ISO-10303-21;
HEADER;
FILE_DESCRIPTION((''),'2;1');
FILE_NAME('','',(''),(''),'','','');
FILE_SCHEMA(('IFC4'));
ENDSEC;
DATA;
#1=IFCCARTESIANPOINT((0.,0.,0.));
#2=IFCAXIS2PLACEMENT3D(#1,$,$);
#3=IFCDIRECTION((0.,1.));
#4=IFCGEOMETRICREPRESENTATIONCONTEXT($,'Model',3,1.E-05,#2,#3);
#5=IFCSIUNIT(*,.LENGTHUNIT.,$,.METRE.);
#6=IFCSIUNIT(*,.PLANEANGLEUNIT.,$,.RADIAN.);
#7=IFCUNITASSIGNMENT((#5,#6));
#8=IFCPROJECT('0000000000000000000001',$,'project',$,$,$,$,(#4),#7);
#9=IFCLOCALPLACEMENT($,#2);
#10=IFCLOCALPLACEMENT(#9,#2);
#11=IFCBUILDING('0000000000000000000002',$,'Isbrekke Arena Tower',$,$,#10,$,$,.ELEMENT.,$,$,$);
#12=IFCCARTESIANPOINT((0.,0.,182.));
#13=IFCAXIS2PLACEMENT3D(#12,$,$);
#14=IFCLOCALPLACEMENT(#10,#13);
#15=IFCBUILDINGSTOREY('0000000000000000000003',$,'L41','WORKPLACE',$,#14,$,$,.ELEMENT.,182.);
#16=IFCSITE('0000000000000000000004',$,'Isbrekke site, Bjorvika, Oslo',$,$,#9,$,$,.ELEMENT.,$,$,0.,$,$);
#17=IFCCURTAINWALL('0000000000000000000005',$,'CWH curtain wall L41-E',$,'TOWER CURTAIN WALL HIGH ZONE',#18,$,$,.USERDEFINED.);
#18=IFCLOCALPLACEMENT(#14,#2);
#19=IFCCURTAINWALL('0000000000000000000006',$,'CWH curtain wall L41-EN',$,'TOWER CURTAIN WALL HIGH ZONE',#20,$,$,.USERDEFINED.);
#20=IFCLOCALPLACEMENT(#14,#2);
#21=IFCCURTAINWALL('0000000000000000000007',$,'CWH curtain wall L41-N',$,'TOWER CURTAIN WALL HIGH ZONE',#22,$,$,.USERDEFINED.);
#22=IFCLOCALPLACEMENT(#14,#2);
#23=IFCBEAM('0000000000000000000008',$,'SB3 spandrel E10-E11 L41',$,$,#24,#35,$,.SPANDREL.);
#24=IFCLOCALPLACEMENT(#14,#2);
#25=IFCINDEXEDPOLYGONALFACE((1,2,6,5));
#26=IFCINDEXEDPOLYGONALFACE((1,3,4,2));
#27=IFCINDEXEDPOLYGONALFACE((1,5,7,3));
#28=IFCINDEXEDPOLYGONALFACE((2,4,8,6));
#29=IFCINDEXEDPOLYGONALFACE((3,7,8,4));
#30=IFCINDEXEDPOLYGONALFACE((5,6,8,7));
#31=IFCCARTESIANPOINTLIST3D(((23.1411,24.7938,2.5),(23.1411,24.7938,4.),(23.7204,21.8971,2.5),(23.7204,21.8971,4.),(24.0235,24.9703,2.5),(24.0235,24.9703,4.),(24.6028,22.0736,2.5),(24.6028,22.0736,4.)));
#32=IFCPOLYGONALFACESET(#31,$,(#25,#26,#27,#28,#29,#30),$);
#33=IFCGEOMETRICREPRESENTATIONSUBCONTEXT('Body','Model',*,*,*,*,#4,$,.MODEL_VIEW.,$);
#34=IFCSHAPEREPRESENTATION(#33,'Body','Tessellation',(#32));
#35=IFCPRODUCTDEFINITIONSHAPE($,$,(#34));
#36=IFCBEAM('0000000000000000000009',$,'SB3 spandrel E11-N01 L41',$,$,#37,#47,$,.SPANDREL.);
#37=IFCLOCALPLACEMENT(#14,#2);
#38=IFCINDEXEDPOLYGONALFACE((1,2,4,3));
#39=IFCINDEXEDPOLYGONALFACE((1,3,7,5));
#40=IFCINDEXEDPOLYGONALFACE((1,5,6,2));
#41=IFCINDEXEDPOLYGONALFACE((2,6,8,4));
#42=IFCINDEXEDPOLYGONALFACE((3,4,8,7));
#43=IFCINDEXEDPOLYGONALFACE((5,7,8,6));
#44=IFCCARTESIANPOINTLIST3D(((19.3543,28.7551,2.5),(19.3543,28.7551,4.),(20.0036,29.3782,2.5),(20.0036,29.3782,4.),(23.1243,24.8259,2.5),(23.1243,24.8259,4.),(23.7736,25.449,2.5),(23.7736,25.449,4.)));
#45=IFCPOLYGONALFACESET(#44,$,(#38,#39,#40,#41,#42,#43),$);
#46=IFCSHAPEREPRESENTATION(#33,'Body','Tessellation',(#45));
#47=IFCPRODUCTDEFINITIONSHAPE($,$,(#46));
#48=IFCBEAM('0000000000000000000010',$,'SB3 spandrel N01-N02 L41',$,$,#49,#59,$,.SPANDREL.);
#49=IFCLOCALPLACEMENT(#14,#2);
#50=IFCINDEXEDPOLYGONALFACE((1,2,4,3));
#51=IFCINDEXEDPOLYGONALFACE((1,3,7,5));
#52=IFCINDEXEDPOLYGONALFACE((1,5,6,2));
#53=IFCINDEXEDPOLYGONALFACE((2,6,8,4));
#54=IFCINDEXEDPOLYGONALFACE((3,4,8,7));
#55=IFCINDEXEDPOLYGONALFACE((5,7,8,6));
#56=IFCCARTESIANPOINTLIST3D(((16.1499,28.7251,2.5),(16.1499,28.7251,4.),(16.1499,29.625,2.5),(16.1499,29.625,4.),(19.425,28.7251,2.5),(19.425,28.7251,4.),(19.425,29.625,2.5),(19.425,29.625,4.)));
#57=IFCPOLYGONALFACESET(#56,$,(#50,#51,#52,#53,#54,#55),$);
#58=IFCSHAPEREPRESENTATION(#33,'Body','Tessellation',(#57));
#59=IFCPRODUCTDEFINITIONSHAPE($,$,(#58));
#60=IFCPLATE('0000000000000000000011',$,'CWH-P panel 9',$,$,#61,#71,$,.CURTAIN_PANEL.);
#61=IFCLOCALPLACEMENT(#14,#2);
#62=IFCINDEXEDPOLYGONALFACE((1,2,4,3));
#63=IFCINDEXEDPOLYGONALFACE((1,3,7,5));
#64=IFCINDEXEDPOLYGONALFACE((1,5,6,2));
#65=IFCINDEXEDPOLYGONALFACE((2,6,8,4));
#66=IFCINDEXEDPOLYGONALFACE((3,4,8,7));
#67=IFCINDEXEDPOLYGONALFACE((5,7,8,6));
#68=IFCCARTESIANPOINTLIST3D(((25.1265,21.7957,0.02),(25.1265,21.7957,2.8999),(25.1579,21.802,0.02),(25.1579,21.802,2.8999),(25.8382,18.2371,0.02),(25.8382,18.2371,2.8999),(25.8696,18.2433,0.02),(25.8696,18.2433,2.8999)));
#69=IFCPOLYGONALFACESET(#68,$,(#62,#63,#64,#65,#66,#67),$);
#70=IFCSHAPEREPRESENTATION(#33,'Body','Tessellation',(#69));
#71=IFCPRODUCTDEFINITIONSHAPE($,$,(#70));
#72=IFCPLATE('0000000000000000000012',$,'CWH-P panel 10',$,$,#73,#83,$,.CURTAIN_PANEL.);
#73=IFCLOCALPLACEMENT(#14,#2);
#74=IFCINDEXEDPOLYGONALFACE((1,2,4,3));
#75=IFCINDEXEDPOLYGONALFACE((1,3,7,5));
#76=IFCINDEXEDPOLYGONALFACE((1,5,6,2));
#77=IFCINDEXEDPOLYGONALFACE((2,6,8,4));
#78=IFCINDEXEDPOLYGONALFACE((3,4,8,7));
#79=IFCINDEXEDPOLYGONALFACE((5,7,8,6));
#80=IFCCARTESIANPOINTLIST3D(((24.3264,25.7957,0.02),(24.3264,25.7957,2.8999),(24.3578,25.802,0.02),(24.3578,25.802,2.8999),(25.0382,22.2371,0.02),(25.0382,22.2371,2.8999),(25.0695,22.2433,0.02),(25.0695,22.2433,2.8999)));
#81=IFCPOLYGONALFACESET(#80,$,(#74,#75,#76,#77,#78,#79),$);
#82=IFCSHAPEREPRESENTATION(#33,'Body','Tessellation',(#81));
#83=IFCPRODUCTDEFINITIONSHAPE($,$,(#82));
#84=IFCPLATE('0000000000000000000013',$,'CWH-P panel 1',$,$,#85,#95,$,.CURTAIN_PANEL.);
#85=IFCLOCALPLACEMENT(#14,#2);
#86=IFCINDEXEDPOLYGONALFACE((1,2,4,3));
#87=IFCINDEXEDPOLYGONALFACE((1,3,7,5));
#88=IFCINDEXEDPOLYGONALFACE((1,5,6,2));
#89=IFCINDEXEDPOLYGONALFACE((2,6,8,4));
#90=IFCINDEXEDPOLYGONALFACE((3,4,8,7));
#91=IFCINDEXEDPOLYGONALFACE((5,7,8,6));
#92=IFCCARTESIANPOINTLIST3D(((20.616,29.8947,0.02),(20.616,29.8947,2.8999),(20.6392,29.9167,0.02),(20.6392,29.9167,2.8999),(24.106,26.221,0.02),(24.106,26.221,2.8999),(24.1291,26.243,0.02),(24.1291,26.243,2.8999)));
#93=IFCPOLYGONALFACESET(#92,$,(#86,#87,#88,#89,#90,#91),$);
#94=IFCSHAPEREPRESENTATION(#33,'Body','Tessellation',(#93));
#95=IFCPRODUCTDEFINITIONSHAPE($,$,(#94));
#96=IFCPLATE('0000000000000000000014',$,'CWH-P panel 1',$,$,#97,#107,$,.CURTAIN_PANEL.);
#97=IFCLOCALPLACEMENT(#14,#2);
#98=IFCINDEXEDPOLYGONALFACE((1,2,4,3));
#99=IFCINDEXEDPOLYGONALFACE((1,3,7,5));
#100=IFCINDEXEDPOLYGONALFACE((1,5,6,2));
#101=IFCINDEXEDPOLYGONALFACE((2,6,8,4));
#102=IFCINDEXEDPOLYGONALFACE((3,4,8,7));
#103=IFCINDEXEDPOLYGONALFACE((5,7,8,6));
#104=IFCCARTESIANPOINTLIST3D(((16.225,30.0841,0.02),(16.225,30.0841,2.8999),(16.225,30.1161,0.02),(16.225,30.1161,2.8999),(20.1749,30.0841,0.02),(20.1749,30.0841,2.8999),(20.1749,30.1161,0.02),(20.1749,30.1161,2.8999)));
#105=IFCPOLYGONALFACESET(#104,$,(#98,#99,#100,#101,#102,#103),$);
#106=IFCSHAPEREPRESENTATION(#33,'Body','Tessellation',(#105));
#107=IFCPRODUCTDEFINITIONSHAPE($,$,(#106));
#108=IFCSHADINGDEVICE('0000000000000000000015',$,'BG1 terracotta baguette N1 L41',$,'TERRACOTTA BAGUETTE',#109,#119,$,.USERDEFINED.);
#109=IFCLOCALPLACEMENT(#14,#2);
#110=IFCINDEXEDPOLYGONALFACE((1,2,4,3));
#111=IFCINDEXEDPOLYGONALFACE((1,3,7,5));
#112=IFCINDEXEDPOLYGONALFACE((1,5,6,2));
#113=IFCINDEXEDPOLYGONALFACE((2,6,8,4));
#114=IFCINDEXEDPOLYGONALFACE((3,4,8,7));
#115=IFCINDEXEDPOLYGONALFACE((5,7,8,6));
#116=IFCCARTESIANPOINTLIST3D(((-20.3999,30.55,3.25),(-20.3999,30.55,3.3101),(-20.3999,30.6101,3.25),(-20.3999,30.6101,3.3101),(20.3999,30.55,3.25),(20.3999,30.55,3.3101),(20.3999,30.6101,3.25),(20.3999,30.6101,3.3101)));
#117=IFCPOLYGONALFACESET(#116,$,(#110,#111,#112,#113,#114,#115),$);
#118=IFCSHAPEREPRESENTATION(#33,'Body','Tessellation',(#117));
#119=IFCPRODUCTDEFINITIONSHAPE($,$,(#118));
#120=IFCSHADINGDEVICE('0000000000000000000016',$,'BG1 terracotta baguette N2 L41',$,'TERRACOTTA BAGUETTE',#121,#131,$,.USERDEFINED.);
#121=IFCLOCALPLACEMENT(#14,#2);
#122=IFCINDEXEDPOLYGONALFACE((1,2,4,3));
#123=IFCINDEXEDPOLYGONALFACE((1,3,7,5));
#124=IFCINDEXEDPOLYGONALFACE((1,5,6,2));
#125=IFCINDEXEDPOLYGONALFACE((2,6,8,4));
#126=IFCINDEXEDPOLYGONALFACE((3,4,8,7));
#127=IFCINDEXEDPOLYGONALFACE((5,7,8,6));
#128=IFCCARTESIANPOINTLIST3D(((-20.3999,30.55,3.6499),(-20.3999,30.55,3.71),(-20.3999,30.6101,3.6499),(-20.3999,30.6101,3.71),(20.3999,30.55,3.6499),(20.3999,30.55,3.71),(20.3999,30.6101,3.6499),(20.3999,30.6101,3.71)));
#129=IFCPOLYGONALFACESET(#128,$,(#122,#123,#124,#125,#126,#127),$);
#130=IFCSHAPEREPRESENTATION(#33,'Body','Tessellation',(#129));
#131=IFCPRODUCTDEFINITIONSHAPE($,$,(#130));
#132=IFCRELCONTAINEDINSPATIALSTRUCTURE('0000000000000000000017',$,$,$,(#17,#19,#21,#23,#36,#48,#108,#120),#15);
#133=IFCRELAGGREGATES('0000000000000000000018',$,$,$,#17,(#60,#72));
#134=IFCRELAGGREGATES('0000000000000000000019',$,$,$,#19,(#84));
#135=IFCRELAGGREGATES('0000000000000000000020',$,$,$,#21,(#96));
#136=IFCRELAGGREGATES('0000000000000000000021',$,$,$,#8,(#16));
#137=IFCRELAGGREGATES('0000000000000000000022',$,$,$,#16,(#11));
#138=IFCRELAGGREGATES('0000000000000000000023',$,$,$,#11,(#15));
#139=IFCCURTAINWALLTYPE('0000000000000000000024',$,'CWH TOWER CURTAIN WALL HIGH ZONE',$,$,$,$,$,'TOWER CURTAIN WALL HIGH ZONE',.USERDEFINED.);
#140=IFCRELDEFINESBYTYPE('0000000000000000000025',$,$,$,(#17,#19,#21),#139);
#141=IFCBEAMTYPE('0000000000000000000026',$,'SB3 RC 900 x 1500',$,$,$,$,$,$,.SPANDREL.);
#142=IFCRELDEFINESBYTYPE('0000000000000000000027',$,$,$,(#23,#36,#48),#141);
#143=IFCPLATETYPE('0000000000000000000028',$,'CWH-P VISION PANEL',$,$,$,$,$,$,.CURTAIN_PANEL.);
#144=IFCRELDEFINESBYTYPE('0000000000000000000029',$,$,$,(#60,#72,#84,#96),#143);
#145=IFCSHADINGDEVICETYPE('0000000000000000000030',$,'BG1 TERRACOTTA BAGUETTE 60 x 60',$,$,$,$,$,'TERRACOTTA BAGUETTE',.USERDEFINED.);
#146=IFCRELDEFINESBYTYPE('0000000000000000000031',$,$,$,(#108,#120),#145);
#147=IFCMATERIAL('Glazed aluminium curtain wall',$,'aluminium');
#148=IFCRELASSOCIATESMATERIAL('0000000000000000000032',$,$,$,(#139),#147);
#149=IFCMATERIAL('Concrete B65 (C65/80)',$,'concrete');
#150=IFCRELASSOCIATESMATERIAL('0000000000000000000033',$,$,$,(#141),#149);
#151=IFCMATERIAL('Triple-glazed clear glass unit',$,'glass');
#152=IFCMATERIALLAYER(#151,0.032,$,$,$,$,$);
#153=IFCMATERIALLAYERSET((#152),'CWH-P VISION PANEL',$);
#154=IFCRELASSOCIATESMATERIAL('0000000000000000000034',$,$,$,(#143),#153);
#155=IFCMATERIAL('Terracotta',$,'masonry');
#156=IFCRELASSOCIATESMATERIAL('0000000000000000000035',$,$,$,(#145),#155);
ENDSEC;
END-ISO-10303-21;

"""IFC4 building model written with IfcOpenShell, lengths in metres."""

from ifc_helpers import new_model, si_unit, direction, frame, origin, origin_2d, place, context, subcontext, project, spatial, rectangle, extrude, material, layer, layer_set, material_profile, profile_set, type_object, element, aggregate, save


model = new_model("IFC4")

# Units and contexts
model_context = context("Model", 3, precision=1e-05, world=origin(), true_north=direction((0.0, 1.0)))
body_context = subcontext(model_context, "Body", "Model", "MODEL_VIEW")
ifc_project = project(units=[si_unit("LENGTHUNIT", "METRE"), si_unit("PLANEANGLEUNIT", "RADIAN")], contexts=[model_context])

# Site, building, storey
site_placement = place(None, origin())
site = spatial("IfcSite", under=ifc_project, at=site_placement, Name="Isbrekke site, Bjorvika, Oslo", CompositionType="ELEMENT", RefElevation=0.0)
building_placement = place(site_placement, origin())
building = spatial("IfcBuilding", under=site, at=building_placement, Name="Isbrekke Arena Tower", CompositionType="ELEMENT")
storey_placement = place(building_placement, frame((0.0, 0.0, 182.0)))
storey = spatial("IfcBuildingStorey", under=building, at=storey_placement, Name="L41", Description="WORKPLACE", CompositionType="ELEMENT", Elevation=182.0)

# Curtain wall
ifc_material_1 = material(Name="Glazed aluminium curtain wall", Category="aluminium")
curtain_wall_type = type_object("IfcCurtainWallType", Name="CWH TOWER CURTAIN WALL HIGH ZONE", ElementType="TOWER CURTAIN WALL HIGH ZONE", PredefinedType="USERDEFINED", material=ifc_material_1)
curtain_wall_1_placement = place(storey_placement, origin())
curtain_wall_1 = element("IfcCurtainWall", 1, at=curtain_wall_1_placement, inside=storey, type_object=curtain_wall_type, Name="CWH curtain wall L41-E", ObjectType="TOWER CURTAIN WALL HIGH ZONE", PredefinedType="USERDEFINED")

# Curtain walls
curtain_wall_2_placement = place(storey_placement, origin())
curtain_wall_2 = element("IfcCurtainWall", 2, at=curtain_wall_2_placement, inside=storey, type_object=curtain_wall_type, Name="CWH curtain wall L41-EN", ObjectType="TOWER CURTAIN WALL HIGH ZONE", PredefinedType="USERDEFINED")
curtain_wall_3_placement = place(storey_placement, origin())
curtain_wall_3 = element("IfcCurtainWall", 3, at=curtain_wall_3_placement, inside=storey, type_object=curtain_wall_type, Name="CWH curtain wall L41-N", ObjectType="TOWER CURTAIN WALL HIGH ZONE", PredefinedType="USERDEFINED")

# Beams
ifc_material_2 = material(Name="Concrete B65 (C65/80)", Category="concrete")
ifc_material_profile_1 = material_profile(ifc_material_2, rectangle(XDim=0.8999, YDim=1.5, at=origin_2d()), Name="RC 900x1500")
ifc_profile_set_1 = profile_set([ifc_material_profile_1], Name="Concrete B65 (C65/80)")
beam_type_1 = type_object("IfcBeamType", Name="SB3 RC 900 x 1500", PredefinedType="SPANDREL", material=ifc_profile_set_1)
beam_1_placement = place(storey_placement, frame((24.1616, 21.9854, 3.25), z_axis=(-0.196116, 0.980581, 0.0), x_axis=(-0.980581, -0.196116, 0.0)))
element("IfcBeam", 4, at=beam_1_placement, inside=storey, type_object=beam_type_1, Name="SB3 spandrel E10-E11 L41", PredefinedType="SPANDREL", context=body_context, shape_type="SweptSolid", body=[
    extrude(rectangle(XDim=0.8999, YDim=1.5, at=origin_2d()), origin(), (0.0, 0.0, 1.0), 2.9541),
])
beam_2_placement = place(storey_placement, frame((23.449, 25.1375, 3.25), z_axis=(-0.69234, 0.721572, 0.0), x_axis=(-0.721572, -0.69234, 0.0)))
element("IfcBeam", 5, at=beam_2_placement, inside=storey, type_object=beam_type_1, Name="SB3 spandrel E11-N01 L41", PredefinedType="SPANDREL", context=body_context, shape_type="SweptSolid", body=[
    extrude(rectangle(XDim=0.8999, YDim=1.5, at=origin_2d()), origin(), (0.0, 0.0, 1.0), 5.4453),
])
beam_3_placement = place(storey_placement, frame((19.425, 29.175, 3.25), z_axis=(-1.0, 0.0, 0.0), x_axis=(0.0, -1.0, 0.0)))
element("IfcBeam", 6, at=beam_3_placement, inside=storey, type_object=beam_type_1, Name="SB3 spandrel N01-N02 L41", PredefinedType="SPANDREL", context=body_context, shape_type="SweptSolid", body=[
    extrude(rectangle(XDim=0.8999, YDim=1.5, at=origin_2d()), origin(), (0.0, 0.0, 1.0), 3.2751),
])

# Plates
ifc_material_3 = material(Name="Triple-glazed clear glass unit", Category="glass")
ifc_layer = layer(ifc_material_3, 0.032)
ifc_layer_set = layer_set([ifc_layer], Name="CWH-P VISION PANEL")
plate_type = type_object("IfcPlateType", Name="CWH-P VISION PANEL", PredefinedType="CURTAIN_PANEL", material=ifc_layer_set)
plate_1_placement = place(storey_placement, frame((25.498, 20.0195, 0.02), z_axis=(0.0, 0.0, 1.0), x_axis=(-0.196116, 0.980581, 0.0)))
plate_1 = element("IfcPlate", 7, at=plate_1_placement, type_object=plate_type, Name="CWH-P panel 9", PredefinedType="CURTAIN_PANEL", context=body_context, shape_type="SweptSolid", body=[
    extrude(rectangle(XDim=3.6292, YDim=0.032, at=origin_2d()), origin(), (0.0, 0.0, 1.0), 2.8799),
])
plate_2_placement = place(storey_placement, frame((24.698, 24.0195, 0.02), z_axis=(0.0, 0.0, 1.0), x_axis=(-0.196116, 0.980581, 0.0)))
plate_2 = element("IfcPlate", 8, at=plate_2_placement, type_object=plate_type, Name="CWH-P panel 10", PredefinedType="CURTAIN_PANEL", context=body_context, shape_type="SweptSolid", body=[
    extrude(rectangle(XDim=3.6292, YDim=0.032, at=origin_2d()), origin(), (0.0, 0.0, 1.0), 2.8799),
])
aggregate(curtain_wall_1, [plate_1, plate_2])
plate_3_placement = place(storey_placement, frame((22.3726, 28.0688, 0.02), z_axis=(0.0, 0.0, 1.0), x_axis=(-0.688749, 0.724999, 0.0)))
plate_3 = element("IfcPlate", 9, at=plate_3_placement, type_object=plate_type, Name="CWH-P panel 1", PredefinedType="CURTAIN_PANEL", context=body_context, shape_type="SweptSolid", body=[
    extrude(rectangle(XDim=5.0671, YDim=0.032, at=origin_2d()), origin(), (0.0, 0.0, 1.0), 2.8799),
])
aggregate(curtain_wall_2, [plate_3])
plate_4_placement = place(storey_placement, frame((18.2, 30.1001, 0.02), z_axis=(0.0, 0.0, 1.0), x_axis=(-1.0, 0.0, 0.0)))
plate_4 = element("IfcPlate", 10, at=plate_4_placement, type_object=plate_type, Name="CWH-P panel 1", PredefinedType="CURTAIN_PANEL", context=body_context, shape_type="SweptSolid", body=[
    extrude(rectangle(XDim=3.95, YDim=0.032, at=origin_2d()), origin(), (0.0, 0.0, 1.0), 2.8799),
])
aggregate(curtain_wall_3, [plate_4])

# Shading devices
ifc_material_4 = material(Name="Terracotta", Category="masonry")
ifc_material_profile_2 = material_profile(ifc_material_4, rectangle(XDim=0.0601, YDim=0.0601, at=origin_2d()), Name="BAGUETTE 60X60")
ifc_profile_set_2 = profile_set([ifc_material_profile_2], Name="Terracotta")
shading_device_type = type_object("IfcShadingDeviceType", Name="BG1 TERRACOTTA BAGUETTE 60 x 60", ElementType="TERRACOTTA BAGUETTE", PredefinedType="USERDEFINED", material=ifc_profile_set_2)
for number, where, z_axis, x_axis, name in (
    (11, (20.3999, 30.5801, 3.28), (-1.0, 0.0, 0.0), (0.0, -1.0, 0.0), "BG1 terracotta baguette N1 L41"),
    (12, (20.3999, 30.5801, 3.6799), (-1.0, 0.0, 0.0), (0.0, -1.0, 0.0), "BG1 terracotta baguette N2 L41"),
):
    element("IfcShadingDevice", number, at=place(storey_placement, frame(where, z_axis=z_axis, x_axis=x_axis)), inside=storey, type_object=shading_device_type, Name=name, ObjectType="TERRACOTTA BAGUETTE", PredefinedType="USERDEFINED", context=body_context, shape_type="SweptSolid", body=[
        extrude(rectangle(XDim=0.0601, YDim=0.0601, at=origin_2d()), origin(), (0.0, 0.0, 1.0), 40.7998),
    ])

save(model, "model.ifc")
